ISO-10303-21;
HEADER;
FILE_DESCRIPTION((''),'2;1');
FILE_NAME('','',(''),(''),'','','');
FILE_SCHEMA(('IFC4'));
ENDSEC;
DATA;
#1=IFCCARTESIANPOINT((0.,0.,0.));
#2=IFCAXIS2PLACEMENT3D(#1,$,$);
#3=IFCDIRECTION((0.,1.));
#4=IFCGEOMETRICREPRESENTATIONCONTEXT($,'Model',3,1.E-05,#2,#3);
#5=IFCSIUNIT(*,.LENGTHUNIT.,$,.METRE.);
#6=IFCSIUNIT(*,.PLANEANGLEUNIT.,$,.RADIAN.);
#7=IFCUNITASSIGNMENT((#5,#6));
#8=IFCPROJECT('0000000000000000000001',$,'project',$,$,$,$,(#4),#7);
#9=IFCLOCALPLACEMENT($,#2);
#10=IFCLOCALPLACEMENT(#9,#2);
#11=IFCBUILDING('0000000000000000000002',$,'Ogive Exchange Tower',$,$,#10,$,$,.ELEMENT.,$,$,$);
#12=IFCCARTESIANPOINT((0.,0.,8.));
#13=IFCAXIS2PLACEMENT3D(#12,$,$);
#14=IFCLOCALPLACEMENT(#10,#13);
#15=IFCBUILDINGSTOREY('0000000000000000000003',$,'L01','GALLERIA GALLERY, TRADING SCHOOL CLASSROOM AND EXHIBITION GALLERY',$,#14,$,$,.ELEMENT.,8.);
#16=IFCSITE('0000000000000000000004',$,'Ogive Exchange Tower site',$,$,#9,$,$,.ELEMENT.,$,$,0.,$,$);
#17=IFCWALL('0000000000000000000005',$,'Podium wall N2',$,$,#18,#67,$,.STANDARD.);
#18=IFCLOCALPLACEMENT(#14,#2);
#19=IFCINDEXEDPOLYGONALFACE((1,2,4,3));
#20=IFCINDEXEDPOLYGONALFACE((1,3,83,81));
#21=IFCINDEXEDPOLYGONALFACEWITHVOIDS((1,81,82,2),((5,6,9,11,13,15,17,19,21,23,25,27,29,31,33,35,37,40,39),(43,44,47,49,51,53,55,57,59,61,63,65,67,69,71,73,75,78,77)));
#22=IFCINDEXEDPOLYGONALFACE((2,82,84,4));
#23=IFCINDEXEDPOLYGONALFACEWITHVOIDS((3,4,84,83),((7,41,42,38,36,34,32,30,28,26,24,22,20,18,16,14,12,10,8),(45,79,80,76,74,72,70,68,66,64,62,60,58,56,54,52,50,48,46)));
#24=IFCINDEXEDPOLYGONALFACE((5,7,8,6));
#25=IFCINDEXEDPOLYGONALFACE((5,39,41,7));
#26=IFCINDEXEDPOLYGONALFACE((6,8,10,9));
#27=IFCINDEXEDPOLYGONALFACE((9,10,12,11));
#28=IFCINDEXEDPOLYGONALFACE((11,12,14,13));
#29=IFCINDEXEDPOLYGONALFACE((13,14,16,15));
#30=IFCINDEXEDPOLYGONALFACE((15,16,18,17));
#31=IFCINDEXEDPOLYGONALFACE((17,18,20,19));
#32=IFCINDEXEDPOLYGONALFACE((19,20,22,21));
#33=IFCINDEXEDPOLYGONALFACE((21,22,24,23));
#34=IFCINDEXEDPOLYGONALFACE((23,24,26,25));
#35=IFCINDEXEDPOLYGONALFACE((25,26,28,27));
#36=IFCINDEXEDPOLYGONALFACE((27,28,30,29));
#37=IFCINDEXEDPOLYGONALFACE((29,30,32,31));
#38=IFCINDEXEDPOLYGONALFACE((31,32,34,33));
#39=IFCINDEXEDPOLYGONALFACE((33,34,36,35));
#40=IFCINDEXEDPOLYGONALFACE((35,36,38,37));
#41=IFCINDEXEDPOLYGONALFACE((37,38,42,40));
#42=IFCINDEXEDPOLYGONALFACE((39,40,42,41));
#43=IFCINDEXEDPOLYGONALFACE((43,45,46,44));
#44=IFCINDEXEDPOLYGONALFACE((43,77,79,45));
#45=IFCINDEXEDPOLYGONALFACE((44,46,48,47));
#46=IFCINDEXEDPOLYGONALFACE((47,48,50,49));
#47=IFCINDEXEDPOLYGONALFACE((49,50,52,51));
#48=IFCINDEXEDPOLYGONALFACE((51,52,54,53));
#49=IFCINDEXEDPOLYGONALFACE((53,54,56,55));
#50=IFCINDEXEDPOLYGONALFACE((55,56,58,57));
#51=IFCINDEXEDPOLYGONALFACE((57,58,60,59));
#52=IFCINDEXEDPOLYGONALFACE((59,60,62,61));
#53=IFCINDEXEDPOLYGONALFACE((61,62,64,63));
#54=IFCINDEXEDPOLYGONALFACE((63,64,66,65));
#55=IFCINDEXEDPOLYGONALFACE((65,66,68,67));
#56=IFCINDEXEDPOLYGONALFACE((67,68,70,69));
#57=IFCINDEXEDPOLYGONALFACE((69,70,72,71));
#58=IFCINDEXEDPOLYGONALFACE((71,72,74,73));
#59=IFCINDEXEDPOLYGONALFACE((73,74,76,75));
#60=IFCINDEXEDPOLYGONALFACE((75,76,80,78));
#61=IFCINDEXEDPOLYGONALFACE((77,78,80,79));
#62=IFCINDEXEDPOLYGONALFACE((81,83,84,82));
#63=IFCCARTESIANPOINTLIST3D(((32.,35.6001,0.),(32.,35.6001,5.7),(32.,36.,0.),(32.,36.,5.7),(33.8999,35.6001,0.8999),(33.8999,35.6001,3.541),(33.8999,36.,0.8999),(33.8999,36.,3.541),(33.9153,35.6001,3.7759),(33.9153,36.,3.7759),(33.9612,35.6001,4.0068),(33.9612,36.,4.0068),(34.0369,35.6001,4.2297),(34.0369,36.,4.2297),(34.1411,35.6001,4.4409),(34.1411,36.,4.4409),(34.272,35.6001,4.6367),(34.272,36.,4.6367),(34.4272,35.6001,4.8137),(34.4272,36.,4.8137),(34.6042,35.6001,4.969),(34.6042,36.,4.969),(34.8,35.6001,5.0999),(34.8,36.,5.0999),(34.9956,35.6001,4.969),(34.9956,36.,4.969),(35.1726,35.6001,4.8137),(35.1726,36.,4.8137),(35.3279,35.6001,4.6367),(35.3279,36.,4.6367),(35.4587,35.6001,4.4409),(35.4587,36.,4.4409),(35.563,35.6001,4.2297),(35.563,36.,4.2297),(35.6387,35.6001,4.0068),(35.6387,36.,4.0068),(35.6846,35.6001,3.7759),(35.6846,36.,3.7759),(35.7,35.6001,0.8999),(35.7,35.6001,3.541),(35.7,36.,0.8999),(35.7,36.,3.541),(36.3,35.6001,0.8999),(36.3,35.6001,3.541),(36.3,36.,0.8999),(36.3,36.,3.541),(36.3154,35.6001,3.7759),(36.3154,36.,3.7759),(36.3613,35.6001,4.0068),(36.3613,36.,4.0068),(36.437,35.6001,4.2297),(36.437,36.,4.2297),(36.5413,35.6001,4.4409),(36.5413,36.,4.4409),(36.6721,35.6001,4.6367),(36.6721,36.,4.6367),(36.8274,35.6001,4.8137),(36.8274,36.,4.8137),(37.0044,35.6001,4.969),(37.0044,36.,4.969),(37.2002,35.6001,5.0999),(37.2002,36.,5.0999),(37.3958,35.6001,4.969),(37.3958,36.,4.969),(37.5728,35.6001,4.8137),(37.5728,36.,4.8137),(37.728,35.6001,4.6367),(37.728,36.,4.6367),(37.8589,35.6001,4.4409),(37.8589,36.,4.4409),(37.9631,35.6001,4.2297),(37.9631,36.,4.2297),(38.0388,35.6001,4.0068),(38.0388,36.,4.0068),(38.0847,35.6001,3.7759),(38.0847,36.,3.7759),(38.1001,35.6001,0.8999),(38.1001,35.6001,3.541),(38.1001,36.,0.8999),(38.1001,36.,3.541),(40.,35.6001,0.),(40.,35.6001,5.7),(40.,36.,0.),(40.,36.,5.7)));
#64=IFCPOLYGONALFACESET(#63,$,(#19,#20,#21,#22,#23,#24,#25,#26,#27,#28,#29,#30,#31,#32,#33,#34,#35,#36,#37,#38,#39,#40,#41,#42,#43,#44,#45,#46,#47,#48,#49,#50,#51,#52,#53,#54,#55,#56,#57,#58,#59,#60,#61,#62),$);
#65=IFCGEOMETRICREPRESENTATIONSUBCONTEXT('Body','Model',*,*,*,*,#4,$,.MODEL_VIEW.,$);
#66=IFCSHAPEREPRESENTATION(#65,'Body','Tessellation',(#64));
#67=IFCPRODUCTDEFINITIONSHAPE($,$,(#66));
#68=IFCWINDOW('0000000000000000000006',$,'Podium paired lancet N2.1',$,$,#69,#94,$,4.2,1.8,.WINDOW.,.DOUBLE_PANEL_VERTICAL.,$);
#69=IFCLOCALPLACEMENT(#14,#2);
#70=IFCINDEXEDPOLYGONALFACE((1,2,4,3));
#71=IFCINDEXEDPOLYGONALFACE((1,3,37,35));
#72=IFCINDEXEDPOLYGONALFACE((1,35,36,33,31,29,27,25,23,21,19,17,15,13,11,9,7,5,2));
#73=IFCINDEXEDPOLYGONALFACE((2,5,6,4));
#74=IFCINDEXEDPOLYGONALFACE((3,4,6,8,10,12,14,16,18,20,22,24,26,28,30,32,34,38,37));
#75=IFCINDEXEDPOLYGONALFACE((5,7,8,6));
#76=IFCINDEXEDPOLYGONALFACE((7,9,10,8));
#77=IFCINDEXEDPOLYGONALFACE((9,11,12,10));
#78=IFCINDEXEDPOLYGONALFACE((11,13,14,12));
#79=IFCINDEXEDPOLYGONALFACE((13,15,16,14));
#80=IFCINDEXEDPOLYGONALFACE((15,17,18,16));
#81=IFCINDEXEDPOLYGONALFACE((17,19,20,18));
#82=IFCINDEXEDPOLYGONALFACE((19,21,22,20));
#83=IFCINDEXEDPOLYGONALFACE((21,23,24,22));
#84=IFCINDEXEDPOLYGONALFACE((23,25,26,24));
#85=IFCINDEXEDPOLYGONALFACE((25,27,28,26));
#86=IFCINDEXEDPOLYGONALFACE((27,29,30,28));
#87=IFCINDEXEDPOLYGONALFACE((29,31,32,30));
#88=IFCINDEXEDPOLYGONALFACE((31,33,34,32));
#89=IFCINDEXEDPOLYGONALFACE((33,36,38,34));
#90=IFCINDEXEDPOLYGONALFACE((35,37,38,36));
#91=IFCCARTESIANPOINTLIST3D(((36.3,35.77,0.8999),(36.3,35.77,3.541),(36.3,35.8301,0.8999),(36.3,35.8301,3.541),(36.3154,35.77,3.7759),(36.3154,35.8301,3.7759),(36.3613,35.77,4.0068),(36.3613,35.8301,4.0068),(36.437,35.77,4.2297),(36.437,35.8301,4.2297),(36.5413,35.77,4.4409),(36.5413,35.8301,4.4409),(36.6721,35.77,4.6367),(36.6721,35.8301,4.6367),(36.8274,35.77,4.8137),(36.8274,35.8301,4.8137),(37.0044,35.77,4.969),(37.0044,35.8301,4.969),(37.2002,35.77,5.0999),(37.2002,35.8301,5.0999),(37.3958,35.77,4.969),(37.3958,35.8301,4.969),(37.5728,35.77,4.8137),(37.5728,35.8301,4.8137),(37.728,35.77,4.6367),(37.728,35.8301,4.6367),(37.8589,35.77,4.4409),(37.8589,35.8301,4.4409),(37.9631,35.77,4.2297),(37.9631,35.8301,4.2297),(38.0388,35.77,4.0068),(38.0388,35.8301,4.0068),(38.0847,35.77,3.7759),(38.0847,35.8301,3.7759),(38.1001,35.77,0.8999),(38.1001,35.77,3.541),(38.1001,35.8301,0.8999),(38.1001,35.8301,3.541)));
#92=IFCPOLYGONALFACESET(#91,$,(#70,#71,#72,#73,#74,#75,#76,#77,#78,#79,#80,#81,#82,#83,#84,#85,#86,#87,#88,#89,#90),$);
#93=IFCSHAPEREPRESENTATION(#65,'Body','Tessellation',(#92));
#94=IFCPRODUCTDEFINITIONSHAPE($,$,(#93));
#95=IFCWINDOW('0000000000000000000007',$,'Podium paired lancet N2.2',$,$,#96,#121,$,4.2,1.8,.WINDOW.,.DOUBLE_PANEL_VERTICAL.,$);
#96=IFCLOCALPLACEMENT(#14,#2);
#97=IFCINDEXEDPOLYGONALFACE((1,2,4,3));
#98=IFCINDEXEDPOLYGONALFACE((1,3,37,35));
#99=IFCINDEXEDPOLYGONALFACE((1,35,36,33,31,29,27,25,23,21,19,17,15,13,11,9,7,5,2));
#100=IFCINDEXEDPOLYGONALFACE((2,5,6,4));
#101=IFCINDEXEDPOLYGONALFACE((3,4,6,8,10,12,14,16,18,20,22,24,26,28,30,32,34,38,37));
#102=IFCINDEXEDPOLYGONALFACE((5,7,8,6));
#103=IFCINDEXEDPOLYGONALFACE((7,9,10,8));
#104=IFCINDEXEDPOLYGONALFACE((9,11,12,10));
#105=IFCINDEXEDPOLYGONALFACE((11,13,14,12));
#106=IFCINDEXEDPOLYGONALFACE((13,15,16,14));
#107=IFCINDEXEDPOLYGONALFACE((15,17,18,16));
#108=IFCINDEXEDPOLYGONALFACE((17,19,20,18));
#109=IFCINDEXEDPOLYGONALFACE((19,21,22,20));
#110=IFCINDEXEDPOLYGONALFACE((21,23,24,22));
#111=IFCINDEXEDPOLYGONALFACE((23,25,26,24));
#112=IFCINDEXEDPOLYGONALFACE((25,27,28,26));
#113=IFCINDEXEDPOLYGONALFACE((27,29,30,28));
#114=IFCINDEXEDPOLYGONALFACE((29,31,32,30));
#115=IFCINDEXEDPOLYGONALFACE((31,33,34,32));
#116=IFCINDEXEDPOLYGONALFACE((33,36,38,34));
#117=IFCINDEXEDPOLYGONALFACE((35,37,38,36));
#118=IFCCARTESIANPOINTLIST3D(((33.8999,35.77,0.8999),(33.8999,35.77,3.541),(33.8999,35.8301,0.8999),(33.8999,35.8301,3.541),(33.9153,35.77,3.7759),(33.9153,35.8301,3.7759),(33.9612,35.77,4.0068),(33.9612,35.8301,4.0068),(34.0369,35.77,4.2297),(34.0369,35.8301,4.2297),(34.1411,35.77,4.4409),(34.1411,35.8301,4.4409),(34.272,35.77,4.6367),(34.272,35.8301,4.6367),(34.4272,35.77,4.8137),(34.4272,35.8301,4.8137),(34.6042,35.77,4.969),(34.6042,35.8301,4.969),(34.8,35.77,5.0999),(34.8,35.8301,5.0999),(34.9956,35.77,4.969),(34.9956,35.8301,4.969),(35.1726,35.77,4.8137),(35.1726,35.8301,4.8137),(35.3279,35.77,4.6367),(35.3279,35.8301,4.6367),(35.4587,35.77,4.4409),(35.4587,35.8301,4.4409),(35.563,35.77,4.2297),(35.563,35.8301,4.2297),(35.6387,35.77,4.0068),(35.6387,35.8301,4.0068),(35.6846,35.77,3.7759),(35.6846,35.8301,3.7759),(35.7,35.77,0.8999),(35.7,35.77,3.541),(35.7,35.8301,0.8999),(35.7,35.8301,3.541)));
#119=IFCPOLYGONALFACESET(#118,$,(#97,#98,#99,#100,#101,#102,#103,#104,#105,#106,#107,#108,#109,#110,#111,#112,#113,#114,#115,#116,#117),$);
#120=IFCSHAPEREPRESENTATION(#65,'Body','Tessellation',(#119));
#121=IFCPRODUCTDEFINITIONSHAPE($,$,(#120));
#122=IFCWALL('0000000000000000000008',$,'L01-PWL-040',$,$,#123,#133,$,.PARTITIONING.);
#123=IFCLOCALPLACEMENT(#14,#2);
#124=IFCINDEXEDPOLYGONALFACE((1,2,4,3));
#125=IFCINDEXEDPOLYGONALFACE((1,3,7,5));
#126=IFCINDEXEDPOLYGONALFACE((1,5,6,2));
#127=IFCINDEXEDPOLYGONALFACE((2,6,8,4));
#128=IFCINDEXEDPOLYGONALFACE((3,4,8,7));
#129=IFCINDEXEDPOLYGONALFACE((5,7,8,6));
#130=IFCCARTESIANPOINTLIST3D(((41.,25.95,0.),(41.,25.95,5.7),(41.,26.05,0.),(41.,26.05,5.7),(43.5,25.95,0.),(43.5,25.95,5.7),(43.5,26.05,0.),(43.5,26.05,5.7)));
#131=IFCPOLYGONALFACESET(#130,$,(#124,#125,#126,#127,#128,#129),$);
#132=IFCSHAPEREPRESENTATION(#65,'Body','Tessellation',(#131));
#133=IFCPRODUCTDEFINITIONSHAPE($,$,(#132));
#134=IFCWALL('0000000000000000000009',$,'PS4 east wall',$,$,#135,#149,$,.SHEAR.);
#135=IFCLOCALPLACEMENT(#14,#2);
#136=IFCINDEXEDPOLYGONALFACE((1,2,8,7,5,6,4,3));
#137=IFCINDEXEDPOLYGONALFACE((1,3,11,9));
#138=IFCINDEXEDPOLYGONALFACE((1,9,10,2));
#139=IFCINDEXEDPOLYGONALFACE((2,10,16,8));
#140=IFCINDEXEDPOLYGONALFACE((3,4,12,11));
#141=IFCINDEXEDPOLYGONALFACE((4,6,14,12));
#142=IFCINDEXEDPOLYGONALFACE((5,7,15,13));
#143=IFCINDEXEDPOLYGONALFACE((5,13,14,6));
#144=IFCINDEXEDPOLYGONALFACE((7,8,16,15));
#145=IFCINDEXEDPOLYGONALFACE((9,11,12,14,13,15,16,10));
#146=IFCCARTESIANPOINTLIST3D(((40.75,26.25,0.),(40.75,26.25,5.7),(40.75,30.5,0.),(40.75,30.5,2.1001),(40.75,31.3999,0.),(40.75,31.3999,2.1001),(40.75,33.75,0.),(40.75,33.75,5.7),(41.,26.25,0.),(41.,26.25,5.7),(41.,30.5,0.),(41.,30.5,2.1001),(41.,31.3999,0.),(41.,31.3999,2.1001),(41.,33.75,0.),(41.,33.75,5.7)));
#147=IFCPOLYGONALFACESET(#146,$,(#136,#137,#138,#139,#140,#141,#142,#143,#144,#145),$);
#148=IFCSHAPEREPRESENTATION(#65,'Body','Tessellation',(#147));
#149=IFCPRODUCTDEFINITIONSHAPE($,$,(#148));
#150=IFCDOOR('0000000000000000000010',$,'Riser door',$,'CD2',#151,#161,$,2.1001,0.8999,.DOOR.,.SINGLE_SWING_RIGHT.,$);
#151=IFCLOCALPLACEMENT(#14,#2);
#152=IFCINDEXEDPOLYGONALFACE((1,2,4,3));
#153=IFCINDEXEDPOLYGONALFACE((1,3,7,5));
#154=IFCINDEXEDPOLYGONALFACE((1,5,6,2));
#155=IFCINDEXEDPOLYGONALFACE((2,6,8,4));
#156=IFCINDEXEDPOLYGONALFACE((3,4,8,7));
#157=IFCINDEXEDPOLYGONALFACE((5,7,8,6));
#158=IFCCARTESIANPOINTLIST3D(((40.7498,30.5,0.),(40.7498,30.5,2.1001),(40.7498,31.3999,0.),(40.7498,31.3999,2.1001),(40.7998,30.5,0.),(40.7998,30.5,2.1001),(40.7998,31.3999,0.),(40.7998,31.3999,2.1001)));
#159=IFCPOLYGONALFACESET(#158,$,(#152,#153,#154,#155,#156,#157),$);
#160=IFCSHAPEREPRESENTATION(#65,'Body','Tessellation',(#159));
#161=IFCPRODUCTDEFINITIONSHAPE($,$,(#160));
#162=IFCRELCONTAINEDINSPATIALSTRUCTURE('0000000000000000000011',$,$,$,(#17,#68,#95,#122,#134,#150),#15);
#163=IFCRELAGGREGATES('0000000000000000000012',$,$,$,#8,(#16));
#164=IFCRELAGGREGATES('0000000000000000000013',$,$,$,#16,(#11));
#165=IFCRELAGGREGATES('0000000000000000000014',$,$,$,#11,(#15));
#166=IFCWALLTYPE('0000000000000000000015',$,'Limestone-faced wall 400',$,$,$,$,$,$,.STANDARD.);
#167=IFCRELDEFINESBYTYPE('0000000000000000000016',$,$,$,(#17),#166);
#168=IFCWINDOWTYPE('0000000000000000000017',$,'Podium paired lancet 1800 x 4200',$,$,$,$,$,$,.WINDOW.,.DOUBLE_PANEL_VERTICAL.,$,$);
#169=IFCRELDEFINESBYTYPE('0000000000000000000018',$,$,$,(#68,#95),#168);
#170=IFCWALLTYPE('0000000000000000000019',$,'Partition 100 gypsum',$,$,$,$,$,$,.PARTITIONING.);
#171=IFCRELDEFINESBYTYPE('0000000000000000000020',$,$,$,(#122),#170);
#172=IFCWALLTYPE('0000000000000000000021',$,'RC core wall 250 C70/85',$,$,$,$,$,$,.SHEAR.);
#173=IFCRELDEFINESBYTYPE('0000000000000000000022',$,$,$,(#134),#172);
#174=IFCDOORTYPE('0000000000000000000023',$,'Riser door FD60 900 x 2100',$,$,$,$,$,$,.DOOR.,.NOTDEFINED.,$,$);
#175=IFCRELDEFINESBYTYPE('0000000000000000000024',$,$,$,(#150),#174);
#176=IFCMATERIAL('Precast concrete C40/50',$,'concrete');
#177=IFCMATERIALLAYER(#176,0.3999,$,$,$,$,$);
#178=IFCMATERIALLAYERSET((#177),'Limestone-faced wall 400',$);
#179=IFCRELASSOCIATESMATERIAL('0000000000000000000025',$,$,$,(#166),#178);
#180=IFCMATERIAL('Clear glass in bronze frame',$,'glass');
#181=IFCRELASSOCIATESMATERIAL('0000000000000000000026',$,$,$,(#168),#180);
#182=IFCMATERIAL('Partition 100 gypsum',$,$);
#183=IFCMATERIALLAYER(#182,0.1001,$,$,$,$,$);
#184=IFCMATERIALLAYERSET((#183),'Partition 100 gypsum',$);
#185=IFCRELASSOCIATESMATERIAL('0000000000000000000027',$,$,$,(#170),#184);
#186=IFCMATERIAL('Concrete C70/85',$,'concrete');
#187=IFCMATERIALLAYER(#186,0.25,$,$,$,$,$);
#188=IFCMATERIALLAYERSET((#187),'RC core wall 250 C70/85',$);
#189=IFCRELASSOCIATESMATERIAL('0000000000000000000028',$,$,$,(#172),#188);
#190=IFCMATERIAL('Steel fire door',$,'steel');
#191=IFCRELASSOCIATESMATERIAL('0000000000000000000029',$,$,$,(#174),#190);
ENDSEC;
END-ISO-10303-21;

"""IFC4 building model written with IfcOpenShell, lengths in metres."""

from ifc_helpers import new_model, si_unit, direction, frame, frame_2d, origin, place, context, subcontext, project, spatial, polyline, rectangle, outline, extrude, material, layer, layer_set, type_object, element, fill, save


model = new_model("IFC4")

# Units and contexts
model_context = context("Model", 3, precision=1e-05, world=origin(), true_north=direction((0.0, 1.0)))
body_context = subcontext(model_context, "Body", "Model", "MODEL_VIEW")
ifc_project = project(units=[si_unit("LENGTHUNIT", "METRE"), si_unit("PLANEANGLEUNIT", "RADIAN")], contexts=[model_context])

# Site, building, storey
site_placement = place(None, origin())
site = spatial("IfcSite", under=ifc_project, at=site_placement, Name="Ogive Exchange Tower site", CompositionType="ELEMENT", RefElevation=0.0)
building_placement = place(site_placement, origin())
building = spatial("IfcBuilding", under=site, at=building_placement, Name="Ogive Exchange Tower", CompositionType="ELEMENT")
storey_placement = place(building_placement, frame((0.0, 0.0, 8.0)))
storey = spatial("IfcBuildingStorey", under=building, at=storey_placement, Name="L01", Description="GALLERIA GALLERY, TRADING SCHOOL CLASSROOM AND EXHIBITION GALLERY", CompositionType="ELEMENT", Elevation=8.0)

# Shared definitions
ifc_material_1 = material(Name="Concrete C70/85", Category="concrete")

# Shared definitions
ifc_material_2 = material(Name="Precast concrete C40/50", Category="concrete")
ifc_layer_1 = layer(ifc_material_2, 0.3999)
ifc_layer_set_1 = layer_set([ifc_layer_1], Name="Limestone-faced wall 400")
wall_type_1 = type_object("IfcWallType", Name="Limestone-faced wall 400", PredefinedType="STANDARD", material=ifc_layer_set_1)

# Wall, openings, windows
wall_1_placement = place(storey_placement, frame((40.0, 35.8, 0.0), z_axis=(0.0, 0.0, 1.0), x_axis=(-1.0, 0.0, 0.0)))
wall_1 = element("IfcWall", 1, at=wall_1_placement, inside=storey, type_object=wall_type_1, Name="Podium wall N2", PredefinedType="STANDARD", context=body_context, shape_type="SweptSolid", body=[
    extrude(rectangle(XDim=8.0, YDim=0.3999, at=frame_2d((4.0, 0.0))), origin(), (0.0, 0.0, 1.0), 5.7),
])
opening_1_placement = place(wall_1_placement, frame((1.8999, 0.0, 0.8999)))
opening_1 = element("IfcOpeningElement", 2, at=opening_1_placement, cuts=wall_1, PredefinedType="OPENING", context=body_context, shape_type="SweptSolid", body=[
    extrude(outline(polyline([(0.0, 0.0), (1.8, 0.0), (1.8, 2.6411), (1.7847, 2.876), (1.7388, 3.1069), (1.6631, 3.3298), (1.5588, 3.541), (1.428, 3.7368), (1.2727, 3.9138), (1.0957, 4.0691), (0.8999, 4.2), (0.7043, 4.0691), (0.5273, 3.9138), (0.3721, 3.7368), (0.2412, 3.541), (0.137, 3.3298), (0.0613, 3.1069), (0.0154, 2.876), (0.0, 2.6411), (0.0, 0.0)])), frame((0.0, 0.21, 0.0), z_axis=(0.0, -1.0, 0.0), x_axis=(1.0, 0.0, 0.0)), (0.0, 0.0, 1.0), 0.4199),
])
opening_2_placement = place(wall_1_placement, frame((4.3, 0.0, 0.8999)))
opening_2 = element("IfcOpeningElement", 3, at=opening_2_placement, cuts=wall_1, PredefinedType="OPENING", context=body_context, shape_type="SweptSolid", body=[
    extrude(outline(polyline([(0.0, 0.0), (1.8, 0.0), (1.8, 2.6411), (1.7847, 2.876), (1.7388, 3.1069), (1.6631, 3.3298), (1.5588, 3.541), (1.428, 3.7368), (1.2727, 3.9138), (1.0957, 4.0691), (0.8999, 4.2), (0.7043, 4.0691), (0.5273, 3.9138), (0.3721, 3.7368), (0.2412, 3.541), (0.137, 3.3298), (0.0613, 3.1069), (0.0154, 2.876), (0.0, 2.6411), (0.0, 0.0)])), frame((0.0, 0.21, 0.0), z_axis=(0.0, -1.0, 0.0), x_axis=(1.0, 0.0, 0.0)), (0.0, 0.0, 1.0), 0.4199),
])
ifc_material_3 = material(Name="Clear glass in bronze frame", Category="glass")
window_type = type_object("IfcWindowType", Name="Podium paired lancet 1800 x 4200", PartitioningType="DOUBLE_PANEL_VERTICAL", PredefinedType="WINDOW", material=ifc_material_3)
window_1_placement = place(opening_1_placement, origin())
window_1 = element("IfcWindow", 4, at=window_1_placement, inside=storey, type_object=window_type, Name="Podium paired lancet N2.1", OverallHeight=4.2, OverallWidth=1.8, PartitioningType="DOUBLE_PANEL_VERTICAL", PredefinedType="WINDOW", context=body_context, shape_type="SweptSolid", body=[
    extrude(outline(polyline([(0.0, 0.0), (1.8, 0.0), (1.8, 2.6411), (1.7847, 2.876), (1.7388, 3.1069), (1.6631, 3.3298), (1.5588, 3.541), (1.428, 3.7368), (1.2727, 3.9138), (1.0957, 4.0691), (0.8999, 4.2), (0.7043, 4.0691), (0.5273, 3.9138), (0.3721, 3.7368), (0.2412, 3.541), (0.137, 3.3298), (0.0613, 3.1069), (0.0154, 2.876), (0.0, 2.6411), (0.0, 0.0)])), frame((0.0, 0.03, 0.0), z_axis=(0.0, -1.0, 0.0), x_axis=(1.0, 0.0, 0.0)), (0.0, 0.0, 1.0), 0.0601),
])
fill(opening_1, window_1)
window_2_placement = place(opening_2_placement, origin())
window_2 = element("IfcWindow", 5, at=window_2_placement, inside=storey, type_object=window_type, Name="Podium paired lancet N2.2", OverallHeight=4.2, OverallWidth=1.8, PartitioningType="DOUBLE_PANEL_VERTICAL", PredefinedType="WINDOW", context=body_context, shape_type="SweptSolid", body=[
    extrude(outline(polyline([(0.0, 0.0), (1.8, 0.0), (1.8, 2.6411), (1.7847, 2.876), (1.7388, 3.1069), (1.6631, 3.3298), (1.5588, 3.541), (1.428, 3.7368), (1.2727, 3.9138), (1.0957, 4.0691), (0.8999, 4.2), (0.7043, 4.0691), (0.5273, 3.9138), (0.3721, 3.7368), (0.2412, 3.541), (0.137, 3.3298), (0.0613, 3.1069), (0.0154, 2.876), (0.0, 2.6411), (0.0, 0.0)])), frame((0.0, 0.03, 0.0), z_axis=(0.0, -1.0, 0.0), x_axis=(1.0, 0.0, 0.0)), (0.0, 0.0, 1.0), 0.0601),
])
fill(opening_2, window_2)

# Wall
ifc_material_4 = material(Name="Partition 100 gypsum")
ifc_layer_2 = layer(ifc_material_4, 0.1001)
ifc_layer_set_2 = layer_set([ifc_layer_2], Name="Partition 100 gypsum")
wall_type_2 = type_object("IfcWallType", Name="Partition 100 gypsum", PredefinedType="PARTITIONING", material=ifc_layer_set_2)
wall_2_placement = place(storey_placement, frame((41.0, 26.0, 0.0), z_axis=(0.0, 0.0, 1.0), x_axis=(1.0, 0.0, 0.0)))
element("IfcWall", 6, at=wall_2_placement, inside=storey, type_object=wall_type_2, Name="L01-PWL-040", PredefinedType="PARTITIONING", context=body_context, shape_type="SweptSolid", body=[
    extrude(rectangle(XDim=2.5, YDim=0.1001, at=frame_2d((1.25, 0.0))), origin(), (0.0, 0.0, 1.0), 5.7),
])

# Wall, opening, door
ifc_layer_3 = layer(ifc_material_1, 0.25)
ifc_layer_set_3 = layer_set([ifc_layer_3], Name="RC core wall 250 C70/85")
wall_type_3 = type_object("IfcWallType", Name="RC core wall 250 C70/85", PredefinedType="SHEAR", material=ifc_layer_set_3)
wall_3_placement = place(storey_placement, frame((40.875, 26.25, 0.0), z_axis=(0.0, 0.0, 1.0), x_axis=(0.0, 1.0, 0.0)))
wall_3 = element("IfcWall", 7, at=wall_3_placement, inside=storey, type_object=wall_type_3, Name="PS4 east wall", PredefinedType="SHEAR", context=body_context, shape_type="SweptSolid", body=[
    extrude(rectangle(XDim=7.5, YDim=0.25, at=frame_2d((3.75, 0.0))), origin(), (0.0, 0.0, 1.0), 5.7),
])
opening_3_placement = place(wall_3_placement, frame((4.25, 0.0, 0.0)))
opening_3 = element("IfcOpeningElement", 8, at=opening_3_placement, cuts=wall_3, PredefinedType="OPENING", context=body_context, shape_type="SweptSolid", body=[
    extrude(rectangle(XDim=0.8999, YDim=2.1001, at=frame_2d((0.45, 1.05))), frame((0.0, 0.135, 0.0), z_axis=(0.0, -1.0, 0.0), x_axis=(1.0, 0.0, 0.0)), (0.0, 0.0, 1.0), 0.27),
])
ifc_material_5 = material(Name="Steel fire door", Category="steel")
door_type = type_object("IfcDoorType", Name="Riser door FD60 900 x 2100", OperationType="NOTDEFINED", PredefinedType="DOOR", material=ifc_material_5)
door_placement = place(opening_3_placement, frame((0.8999, 0.2002, 0.0), z_axis=(0.0, 0.0, 1.0), x_axis=(-1.0, 0.0, 0.0)))
door = element("IfcDoor", 9, at=door_placement, inside=storey, type_object=door_type, Name="Riser door", ObjectType="CD2", OperationType="SINGLE_SWING_RIGHT", OverallHeight=2.1001, OverallWidth=0.8999, PredefinedType="DOOR", context=body_context, shape_type="SweptSolid", body=[
    extrude(rectangle(XDim=0.8999, YDim=2.1001, at=frame_2d((0.45, 1.05))), frame((0.0, 0.125, 0.0), z_axis=(0.0, -1.0, 0.0), x_axis=(1.0, 0.0, 0.0)), (0.0, 0.0, 1.0), 0.05),
])
fill(opening_3, door)

save(model, "model.ifc")
